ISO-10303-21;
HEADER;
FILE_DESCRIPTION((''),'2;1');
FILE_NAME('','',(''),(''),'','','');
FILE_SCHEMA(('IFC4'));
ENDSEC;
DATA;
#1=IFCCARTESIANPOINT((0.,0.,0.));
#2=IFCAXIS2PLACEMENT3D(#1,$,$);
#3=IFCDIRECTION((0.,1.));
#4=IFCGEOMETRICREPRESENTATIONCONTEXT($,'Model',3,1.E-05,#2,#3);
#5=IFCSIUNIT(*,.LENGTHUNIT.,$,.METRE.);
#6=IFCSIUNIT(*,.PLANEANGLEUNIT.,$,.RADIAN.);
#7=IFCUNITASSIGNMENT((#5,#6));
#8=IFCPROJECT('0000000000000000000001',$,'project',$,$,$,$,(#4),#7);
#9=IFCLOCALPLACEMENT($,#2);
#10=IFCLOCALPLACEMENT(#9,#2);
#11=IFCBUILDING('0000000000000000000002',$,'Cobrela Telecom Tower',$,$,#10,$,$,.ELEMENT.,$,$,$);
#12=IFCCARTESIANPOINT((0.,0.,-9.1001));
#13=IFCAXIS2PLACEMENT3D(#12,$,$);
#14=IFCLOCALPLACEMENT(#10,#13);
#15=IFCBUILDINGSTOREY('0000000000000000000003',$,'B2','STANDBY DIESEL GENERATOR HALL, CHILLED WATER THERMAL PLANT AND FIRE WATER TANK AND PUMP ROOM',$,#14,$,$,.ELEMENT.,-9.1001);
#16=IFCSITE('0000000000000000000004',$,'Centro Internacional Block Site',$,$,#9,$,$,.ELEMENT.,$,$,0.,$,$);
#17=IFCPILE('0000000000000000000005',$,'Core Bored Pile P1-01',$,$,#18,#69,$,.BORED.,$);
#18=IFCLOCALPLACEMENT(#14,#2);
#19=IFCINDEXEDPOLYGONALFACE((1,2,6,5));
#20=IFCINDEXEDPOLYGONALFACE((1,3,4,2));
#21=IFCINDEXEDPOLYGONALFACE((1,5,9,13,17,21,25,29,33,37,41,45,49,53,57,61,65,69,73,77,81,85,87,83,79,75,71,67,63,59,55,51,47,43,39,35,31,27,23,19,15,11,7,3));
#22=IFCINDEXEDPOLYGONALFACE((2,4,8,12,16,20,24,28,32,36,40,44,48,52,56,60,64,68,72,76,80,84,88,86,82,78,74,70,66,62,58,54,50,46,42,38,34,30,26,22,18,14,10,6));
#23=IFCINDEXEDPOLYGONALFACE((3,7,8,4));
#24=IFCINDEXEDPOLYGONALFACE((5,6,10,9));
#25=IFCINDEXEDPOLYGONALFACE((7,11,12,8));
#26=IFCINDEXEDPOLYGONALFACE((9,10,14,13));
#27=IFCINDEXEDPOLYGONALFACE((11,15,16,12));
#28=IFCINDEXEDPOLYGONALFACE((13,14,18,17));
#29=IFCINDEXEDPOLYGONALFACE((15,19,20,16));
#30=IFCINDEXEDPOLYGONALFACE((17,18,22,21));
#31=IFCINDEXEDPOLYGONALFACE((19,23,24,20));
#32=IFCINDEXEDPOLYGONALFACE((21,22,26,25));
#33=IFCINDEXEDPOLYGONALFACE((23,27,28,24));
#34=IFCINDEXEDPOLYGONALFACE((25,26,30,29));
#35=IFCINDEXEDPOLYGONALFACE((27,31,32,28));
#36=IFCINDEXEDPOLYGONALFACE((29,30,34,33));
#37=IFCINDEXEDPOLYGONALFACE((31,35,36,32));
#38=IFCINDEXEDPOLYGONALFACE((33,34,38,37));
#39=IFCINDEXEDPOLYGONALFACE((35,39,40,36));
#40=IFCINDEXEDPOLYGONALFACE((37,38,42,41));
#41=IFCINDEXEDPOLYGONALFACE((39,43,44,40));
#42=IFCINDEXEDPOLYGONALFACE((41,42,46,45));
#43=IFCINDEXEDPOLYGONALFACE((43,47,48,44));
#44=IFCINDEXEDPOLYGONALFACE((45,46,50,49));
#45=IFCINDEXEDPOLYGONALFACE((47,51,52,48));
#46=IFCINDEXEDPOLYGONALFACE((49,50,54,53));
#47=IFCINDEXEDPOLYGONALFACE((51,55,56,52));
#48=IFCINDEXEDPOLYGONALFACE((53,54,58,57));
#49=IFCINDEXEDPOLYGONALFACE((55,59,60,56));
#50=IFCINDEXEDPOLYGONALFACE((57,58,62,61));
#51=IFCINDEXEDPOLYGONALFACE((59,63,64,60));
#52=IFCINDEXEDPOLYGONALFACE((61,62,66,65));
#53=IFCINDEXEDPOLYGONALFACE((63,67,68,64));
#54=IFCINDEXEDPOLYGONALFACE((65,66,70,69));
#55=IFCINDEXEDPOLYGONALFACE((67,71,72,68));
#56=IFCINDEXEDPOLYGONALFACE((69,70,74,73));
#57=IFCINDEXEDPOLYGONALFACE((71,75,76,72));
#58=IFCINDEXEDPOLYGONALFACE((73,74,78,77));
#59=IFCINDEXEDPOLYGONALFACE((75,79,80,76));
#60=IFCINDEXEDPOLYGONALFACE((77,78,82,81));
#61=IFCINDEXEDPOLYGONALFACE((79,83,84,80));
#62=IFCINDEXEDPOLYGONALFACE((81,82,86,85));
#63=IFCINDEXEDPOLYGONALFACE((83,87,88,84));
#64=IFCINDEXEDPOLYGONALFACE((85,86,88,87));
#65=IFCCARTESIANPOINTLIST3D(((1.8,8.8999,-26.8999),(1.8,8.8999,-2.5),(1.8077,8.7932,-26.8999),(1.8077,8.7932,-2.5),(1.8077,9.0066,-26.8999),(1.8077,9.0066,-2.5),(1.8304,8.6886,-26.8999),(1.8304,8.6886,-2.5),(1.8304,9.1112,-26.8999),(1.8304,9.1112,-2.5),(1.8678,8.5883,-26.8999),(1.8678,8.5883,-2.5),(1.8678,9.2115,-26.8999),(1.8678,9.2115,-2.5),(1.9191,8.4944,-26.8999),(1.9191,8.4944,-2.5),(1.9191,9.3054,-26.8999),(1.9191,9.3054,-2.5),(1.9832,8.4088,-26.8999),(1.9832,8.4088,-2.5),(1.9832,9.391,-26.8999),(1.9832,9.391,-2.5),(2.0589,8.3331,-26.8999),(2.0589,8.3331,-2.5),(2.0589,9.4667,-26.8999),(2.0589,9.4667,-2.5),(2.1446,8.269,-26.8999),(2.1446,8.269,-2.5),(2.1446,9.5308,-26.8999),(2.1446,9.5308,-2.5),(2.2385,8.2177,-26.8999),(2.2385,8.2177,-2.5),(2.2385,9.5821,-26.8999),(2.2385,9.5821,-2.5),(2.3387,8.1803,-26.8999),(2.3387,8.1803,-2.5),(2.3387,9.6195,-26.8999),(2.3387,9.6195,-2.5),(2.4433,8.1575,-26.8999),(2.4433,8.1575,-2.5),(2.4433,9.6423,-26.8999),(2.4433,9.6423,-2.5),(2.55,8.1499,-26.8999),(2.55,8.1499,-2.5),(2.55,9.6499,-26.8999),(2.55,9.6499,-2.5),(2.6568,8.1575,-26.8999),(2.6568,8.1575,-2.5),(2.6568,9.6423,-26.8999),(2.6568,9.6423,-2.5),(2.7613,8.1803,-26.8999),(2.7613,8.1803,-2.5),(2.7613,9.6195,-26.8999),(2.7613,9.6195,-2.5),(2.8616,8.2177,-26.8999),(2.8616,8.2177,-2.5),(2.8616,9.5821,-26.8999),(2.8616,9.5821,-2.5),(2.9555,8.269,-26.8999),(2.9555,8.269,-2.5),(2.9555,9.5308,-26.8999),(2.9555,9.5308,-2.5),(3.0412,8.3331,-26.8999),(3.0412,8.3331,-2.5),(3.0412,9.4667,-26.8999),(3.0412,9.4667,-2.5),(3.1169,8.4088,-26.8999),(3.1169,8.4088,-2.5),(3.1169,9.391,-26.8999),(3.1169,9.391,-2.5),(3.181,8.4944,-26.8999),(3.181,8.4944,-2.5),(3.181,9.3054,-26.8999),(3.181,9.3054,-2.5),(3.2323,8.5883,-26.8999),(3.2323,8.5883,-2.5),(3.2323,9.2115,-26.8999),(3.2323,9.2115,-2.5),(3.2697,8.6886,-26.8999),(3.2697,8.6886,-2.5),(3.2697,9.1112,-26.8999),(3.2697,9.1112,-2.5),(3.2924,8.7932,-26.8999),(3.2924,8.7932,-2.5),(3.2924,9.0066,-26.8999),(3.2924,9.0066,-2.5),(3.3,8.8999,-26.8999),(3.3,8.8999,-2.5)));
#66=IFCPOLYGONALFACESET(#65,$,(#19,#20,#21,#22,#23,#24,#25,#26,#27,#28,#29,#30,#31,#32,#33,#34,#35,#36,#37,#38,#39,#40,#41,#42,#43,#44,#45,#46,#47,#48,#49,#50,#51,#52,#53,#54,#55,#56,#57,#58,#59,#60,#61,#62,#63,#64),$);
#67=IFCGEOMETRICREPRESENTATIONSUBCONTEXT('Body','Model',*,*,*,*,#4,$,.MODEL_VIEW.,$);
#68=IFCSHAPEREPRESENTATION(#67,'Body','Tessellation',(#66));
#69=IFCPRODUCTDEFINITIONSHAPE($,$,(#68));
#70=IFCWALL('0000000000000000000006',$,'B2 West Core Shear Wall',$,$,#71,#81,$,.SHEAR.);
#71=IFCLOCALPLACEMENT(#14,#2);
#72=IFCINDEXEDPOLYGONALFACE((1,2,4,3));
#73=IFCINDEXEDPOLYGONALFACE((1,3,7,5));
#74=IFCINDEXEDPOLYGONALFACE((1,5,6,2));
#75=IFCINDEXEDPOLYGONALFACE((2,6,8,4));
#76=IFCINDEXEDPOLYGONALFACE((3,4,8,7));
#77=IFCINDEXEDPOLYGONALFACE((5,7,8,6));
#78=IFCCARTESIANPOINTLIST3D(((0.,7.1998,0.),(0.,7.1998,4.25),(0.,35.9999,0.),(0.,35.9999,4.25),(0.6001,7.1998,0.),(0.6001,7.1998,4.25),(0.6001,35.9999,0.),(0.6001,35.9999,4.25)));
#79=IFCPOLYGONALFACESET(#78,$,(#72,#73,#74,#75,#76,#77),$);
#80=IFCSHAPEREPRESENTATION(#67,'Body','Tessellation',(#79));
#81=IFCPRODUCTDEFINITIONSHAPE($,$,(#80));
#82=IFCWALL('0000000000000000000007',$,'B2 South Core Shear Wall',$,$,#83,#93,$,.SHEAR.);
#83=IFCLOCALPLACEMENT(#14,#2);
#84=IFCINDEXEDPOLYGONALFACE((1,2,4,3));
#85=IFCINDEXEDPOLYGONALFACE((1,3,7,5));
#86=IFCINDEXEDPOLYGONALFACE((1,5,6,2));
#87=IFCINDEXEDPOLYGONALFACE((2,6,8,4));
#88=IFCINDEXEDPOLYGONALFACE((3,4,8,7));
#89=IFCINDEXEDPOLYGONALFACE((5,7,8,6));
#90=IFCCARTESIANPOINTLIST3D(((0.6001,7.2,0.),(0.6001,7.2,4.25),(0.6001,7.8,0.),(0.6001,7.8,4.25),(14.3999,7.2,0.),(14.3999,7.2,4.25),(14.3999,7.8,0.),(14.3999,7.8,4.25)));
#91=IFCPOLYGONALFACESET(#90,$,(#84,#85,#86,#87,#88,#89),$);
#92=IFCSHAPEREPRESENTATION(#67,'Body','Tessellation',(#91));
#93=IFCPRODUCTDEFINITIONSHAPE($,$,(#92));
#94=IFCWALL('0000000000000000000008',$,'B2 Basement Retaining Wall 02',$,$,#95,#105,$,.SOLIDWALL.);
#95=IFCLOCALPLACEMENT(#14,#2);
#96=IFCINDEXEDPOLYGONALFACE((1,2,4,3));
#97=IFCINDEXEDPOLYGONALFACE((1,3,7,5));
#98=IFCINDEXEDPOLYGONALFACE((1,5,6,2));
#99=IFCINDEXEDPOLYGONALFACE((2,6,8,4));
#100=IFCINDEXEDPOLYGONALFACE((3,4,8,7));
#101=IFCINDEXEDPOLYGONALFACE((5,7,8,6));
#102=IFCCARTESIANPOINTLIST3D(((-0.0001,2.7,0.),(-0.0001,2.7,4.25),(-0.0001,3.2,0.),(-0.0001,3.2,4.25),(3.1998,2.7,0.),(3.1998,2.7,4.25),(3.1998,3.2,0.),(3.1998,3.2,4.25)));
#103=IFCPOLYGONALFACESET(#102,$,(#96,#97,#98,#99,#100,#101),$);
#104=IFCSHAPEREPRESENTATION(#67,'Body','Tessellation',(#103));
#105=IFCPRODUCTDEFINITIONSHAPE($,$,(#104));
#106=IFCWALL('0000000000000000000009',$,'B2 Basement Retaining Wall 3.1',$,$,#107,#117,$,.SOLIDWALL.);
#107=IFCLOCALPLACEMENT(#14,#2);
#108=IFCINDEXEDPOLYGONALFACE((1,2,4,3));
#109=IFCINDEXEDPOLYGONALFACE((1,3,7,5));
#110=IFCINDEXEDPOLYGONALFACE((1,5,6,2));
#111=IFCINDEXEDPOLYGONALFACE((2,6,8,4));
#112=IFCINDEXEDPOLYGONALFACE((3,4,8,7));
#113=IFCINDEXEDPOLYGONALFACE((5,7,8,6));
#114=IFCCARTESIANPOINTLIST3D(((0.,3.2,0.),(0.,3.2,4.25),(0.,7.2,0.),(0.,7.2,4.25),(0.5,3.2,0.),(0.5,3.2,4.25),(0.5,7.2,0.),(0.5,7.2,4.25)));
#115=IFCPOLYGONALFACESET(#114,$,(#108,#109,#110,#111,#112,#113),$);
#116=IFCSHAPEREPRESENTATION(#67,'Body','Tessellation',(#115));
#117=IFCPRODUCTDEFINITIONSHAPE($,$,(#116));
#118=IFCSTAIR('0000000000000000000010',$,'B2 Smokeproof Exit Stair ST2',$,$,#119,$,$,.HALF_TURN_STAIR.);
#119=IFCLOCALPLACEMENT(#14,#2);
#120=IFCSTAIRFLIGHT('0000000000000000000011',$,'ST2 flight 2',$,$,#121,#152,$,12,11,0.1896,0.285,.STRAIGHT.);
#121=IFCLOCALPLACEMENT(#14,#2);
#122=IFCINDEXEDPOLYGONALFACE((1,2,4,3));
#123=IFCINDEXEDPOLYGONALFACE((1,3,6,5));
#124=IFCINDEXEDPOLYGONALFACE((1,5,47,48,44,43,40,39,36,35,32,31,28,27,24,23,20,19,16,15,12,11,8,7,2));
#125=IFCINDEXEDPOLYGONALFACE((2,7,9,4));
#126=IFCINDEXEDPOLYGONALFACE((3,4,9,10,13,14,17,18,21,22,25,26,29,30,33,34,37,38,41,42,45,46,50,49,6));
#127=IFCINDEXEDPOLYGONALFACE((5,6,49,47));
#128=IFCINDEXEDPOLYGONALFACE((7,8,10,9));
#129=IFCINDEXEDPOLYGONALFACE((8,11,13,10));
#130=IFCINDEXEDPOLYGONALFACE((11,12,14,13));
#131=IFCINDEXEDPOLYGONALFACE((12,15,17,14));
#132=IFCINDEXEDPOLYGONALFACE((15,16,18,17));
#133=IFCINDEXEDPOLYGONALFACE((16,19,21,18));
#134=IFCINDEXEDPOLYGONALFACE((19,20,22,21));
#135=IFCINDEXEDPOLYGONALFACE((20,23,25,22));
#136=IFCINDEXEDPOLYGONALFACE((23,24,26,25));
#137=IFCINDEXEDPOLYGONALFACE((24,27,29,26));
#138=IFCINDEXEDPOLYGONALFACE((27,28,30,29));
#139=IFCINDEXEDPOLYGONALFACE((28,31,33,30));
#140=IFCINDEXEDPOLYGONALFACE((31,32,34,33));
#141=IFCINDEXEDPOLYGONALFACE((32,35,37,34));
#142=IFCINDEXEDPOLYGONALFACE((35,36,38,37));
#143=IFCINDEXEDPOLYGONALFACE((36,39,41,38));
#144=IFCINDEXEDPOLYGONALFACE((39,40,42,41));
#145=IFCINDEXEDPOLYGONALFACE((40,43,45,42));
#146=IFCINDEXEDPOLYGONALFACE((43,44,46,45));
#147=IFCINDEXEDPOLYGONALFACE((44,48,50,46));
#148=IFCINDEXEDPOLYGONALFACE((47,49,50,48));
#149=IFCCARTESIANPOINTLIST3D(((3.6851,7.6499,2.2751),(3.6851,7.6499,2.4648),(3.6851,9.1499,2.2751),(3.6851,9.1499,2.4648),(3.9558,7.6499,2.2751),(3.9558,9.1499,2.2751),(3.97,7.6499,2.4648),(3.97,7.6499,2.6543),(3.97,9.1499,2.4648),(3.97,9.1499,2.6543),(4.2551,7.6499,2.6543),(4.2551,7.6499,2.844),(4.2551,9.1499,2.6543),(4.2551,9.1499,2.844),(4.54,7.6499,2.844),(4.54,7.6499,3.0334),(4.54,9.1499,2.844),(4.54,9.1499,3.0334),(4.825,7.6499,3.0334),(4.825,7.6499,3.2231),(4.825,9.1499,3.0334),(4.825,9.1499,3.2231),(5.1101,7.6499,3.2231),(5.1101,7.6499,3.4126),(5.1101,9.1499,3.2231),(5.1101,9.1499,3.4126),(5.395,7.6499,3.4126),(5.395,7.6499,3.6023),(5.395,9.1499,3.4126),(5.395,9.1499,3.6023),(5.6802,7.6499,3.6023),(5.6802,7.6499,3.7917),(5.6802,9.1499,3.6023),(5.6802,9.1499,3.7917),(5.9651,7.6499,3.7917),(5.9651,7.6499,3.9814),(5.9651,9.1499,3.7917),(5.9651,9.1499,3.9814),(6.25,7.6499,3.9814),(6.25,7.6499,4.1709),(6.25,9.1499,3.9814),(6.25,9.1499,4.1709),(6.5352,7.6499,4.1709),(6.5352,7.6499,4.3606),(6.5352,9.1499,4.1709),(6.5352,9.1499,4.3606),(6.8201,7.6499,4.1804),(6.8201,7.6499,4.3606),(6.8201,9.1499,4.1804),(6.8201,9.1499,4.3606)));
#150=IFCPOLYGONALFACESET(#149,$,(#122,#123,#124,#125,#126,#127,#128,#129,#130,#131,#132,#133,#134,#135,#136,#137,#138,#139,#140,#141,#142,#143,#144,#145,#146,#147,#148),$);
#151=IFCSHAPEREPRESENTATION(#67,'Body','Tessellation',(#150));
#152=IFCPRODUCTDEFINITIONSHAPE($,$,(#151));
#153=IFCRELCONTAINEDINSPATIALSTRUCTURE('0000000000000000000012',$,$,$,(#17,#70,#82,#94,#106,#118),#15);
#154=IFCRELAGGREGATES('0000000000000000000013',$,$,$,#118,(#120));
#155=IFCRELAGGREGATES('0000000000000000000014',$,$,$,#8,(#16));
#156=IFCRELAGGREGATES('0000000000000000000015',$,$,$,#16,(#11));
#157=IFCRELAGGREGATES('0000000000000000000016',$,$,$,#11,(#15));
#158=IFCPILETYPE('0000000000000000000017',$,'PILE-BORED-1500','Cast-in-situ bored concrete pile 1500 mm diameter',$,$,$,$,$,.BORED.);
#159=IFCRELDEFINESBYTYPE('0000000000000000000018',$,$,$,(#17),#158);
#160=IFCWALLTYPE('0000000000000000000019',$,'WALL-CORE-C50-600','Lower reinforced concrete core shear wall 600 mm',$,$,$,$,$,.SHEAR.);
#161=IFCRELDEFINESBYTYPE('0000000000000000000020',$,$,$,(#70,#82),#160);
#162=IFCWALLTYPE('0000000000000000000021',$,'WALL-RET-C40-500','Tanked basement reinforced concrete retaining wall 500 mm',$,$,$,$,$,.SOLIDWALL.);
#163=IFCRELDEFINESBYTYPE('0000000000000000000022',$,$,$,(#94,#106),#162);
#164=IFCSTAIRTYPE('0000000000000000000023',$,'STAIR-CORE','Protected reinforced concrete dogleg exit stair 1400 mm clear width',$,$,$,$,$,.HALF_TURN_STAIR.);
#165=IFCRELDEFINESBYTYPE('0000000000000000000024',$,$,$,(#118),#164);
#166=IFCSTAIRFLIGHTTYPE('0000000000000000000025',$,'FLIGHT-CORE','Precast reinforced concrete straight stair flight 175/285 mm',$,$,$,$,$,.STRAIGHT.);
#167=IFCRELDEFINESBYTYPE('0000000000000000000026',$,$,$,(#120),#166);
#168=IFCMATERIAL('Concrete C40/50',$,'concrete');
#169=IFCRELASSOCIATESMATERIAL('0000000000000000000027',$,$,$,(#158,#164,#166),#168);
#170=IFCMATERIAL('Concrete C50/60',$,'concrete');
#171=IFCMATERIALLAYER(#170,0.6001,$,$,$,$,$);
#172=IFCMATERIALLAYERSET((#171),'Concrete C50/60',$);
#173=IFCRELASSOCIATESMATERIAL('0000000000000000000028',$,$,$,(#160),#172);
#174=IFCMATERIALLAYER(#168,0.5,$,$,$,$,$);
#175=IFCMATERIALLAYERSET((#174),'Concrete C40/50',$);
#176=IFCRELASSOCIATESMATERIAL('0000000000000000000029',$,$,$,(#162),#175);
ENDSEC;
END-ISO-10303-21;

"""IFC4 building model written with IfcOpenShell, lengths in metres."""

from ifc_helpers import new_model, si_unit, direction, frame, frame_2d, origin, origin_2d, place, context, subcontext, project, spatial, polyline, rectangle, circle, outline, extrude, material, layer, layer_set, material_profile, profile_set, type_object, element, aggregate, save


model = new_model("IFC4")

# Units and contexts
model_context = context("Model", 3, precision=1e-05, world=origin(), true_north=direction((0.0, 1.0)))
body_context = subcontext(model_context, "Body", "Model", "MODEL_VIEW")
ifc_project = project(units=[si_unit("LENGTHUNIT", "METRE"), si_unit("PLANEANGLEUNIT", "RADIAN")], contexts=[model_context])

# Site, building, storey
site_placement = place(None, origin())
site = spatial("IfcSite", under=ifc_project, at=site_placement, Name="Centro Internacional Block Site", CompositionType="ELEMENT", RefElevation=0.0)
building_placement = place(site_placement, origin())
building = spatial("IfcBuilding", under=site, at=building_placement, Name="Cobrela Telecom Tower", CompositionType="ELEMENT")
storey_placement = place(building_placement, frame((0.0, 0.0, -9.1001)))
storey = spatial("IfcBuildingStorey", under=building, at=storey_placement, Name="B2", Description="STANDBY DIESEL GENERATOR HALL, CHILLED WATER THERMAL PLANT AND FIRE WATER TANK AND PUMP ROOM", CompositionType="ELEMENT", Elevation=-9.1001)

# Pile
ifc_material_1 = material(Name="Concrete C40/50", Category="concrete")
ifc_material_profile = material_profile(ifc_material_1, circle(Radius=0.75, at=origin_2d()), Name="BORED PILE D1500")
ifc_profile_set = profile_set([ifc_material_profile], Name="Concrete C40/50")
pile_type = type_object("IfcPileType", Name="PILE-BORED-1500", Description="Cast-in-situ bored concrete pile 1500 mm diameter", PredefinedType="BORED", material=ifc_profile_set)
pile_placement = place(storey_placement, frame((2.55, 8.8999, -2.5), z_axis=(0.0, 0.0, -1.0), x_axis=(1.0, 0.0, 0.0)))
element("IfcPile", 1, at=pile_placement, inside=storey, type_object=pile_type, Name="Core Bored Pile P1-01", PredefinedType="BORED", context=body_context, shape_type="SweptSolid", body=[
    extrude(circle(Radius=0.75, at=origin_2d()), origin(), (0.0, 0.0, 1.0), 24.3999),
])

# Walls
ifc_material_2 = material(Name="Concrete C50/60", Category="concrete")
ifc_layer_1 = layer(ifc_material_2, 0.6001)
ifc_layer_set_1 = layer_set([ifc_layer_1], Name="Concrete C50/60")
wall_type_1 = type_object("IfcWallType", Name="WALL-CORE-C50-600", Description="Lower reinforced concrete core shear wall 600 mm", PredefinedType="SHEAR", material=ifc_layer_set_1)
wall_1_placement = place(storey_placement, frame((0.3, 7.2, 0.0), z_axis=(0.0, 0.0, 1.0), x_axis=(0.0, 1.0, 0.0)))
element("IfcWall", 2, at=wall_1_placement, inside=storey, type_object=wall_type_1, Name="B2 West Core Shear Wall", PredefinedType="SHEAR", context=body_context, shape_type="SweptSolid", body=[
    extrude(rectangle(XDim=28.8, YDim=0.6001, at=frame_2d((14.3999, 0.0))), origin(), (0.0, 0.0, 1.0), 4.25),
])
wall_2_placement = place(storey_placement, frame((0.6001, 7.5, 0.0), z_axis=(0.0, 0.0, 1.0), x_axis=(1.0, 0.0, 0.0)))
element("IfcWall", 3, at=wall_2_placement, inside=storey, type_object=wall_type_1, Name="B2 South Core Shear Wall", PredefinedType="SHEAR", context=body_context, shape_type="SweptSolid", body=[
    extrude(rectangle(XDim=13.7998, YDim=0.6001, at=frame_2d((6.8999, 0.0))), origin(), (0.0, 0.0, 1.0), 4.25),
])
ifc_layer_2 = layer(ifc_material_1, 0.5)
ifc_layer_set_2 = layer_set([ifc_layer_2], Name="Concrete C40/50")
wall_type_2 = type_object("IfcWallType", Name="WALL-RET-C40-500", Description="Tanked basement reinforced concrete retaining wall 500 mm", PredefinedType="SOLIDWALL", material=ifc_layer_set_2)
wall_3_placement = place(storey_placement, frame((3.2, 2.95, 0.0), z_axis=(0.0, 0.0, 1.0), x_axis=(-1.0, 0.0, 0.0)))
element("IfcWall", 4, at=wall_3_placement, inside=storey, type_object=wall_type_2, Name="B2 Basement Retaining Wall 02", PredefinedType="SOLIDWALL", context=body_context, shape_type="SweptSolid", body=[
    extrude(rectangle(XDim=3.2, YDim=0.5, at=frame_2d((1.6001, 0.0))), origin(), (0.0, 0.0, 1.0), 4.25),
])
wall_4_placement = place(storey_placement, frame((0.25, 3.2, 0.0), z_axis=(0.0, 0.0, 1.0), x_axis=(0.0, 1.0, 0.0)))
element("IfcWall", 5, at=wall_4_placement, inside=storey, type_object=wall_type_2, Name="B2 Basement Retaining Wall 3.1", PredefinedType="SOLIDWALL", context=body_context, shape_type="SweptSolid", body=[
    extrude(rectangle(XDim=4.0, YDim=0.5, at=frame_2d((2.0, 0.0))), origin(), (0.0, 0.0, 1.0), 4.25),
])

# Stair, stair flight
stair_type = type_object("IfcStairType", Name="STAIR-CORE", Description="Protected reinforced concrete dogleg exit stair 1400 mm clear width", PredefinedType="HALF_TURN_STAIR", material=ifc_material_1)
stair_placement = place(storey_placement, origin())
stair = element("IfcStair", 6, at=stair_placement, inside=storey, type_object=stair_type, Name="B2 Smokeproof Exit Stair ST2", PredefinedType="HALF_TURN_STAIR")
stair_flight_type = type_object("IfcStairFlightType", Name="FLIGHT-CORE", Description="Precast reinforced concrete straight stair flight 175/285 mm", PredefinedType="STRAIGHT", material=ifc_material_1)
stair_flight_placement = place(storey_placement, frame((3.6851, 8.3999, 2.2751), z_axis=(0.0, 0.0, 1.0), x_axis=(1.0, 0.0, 0.0)))
stair_flight = element("IfcStairFlight", 7, at=stair_flight_placement, type_object=stair_flight_type, Name="ST2 flight 2", NumberOfRisers=12, NumberOfTreads=11, PredefinedType="STRAIGHT", RiserHeight=0.1896, TreadLength=0.285, context=body_context, shape_type="SweptSolid", body=[
    extrude(outline(polyline([(0.0, 0.0), (0.0, 0.1897), (0.2849, 0.1897), (0.2849, 0.3792), (0.5701, 0.3792), (0.5701, 0.5688), (0.855, 0.5688), (0.855, 0.7583), (1.1399, 0.7583), (1.1399, 0.948), (1.425, 0.948), (1.425, 1.1375), (1.71, 1.1375), (1.71, 1.3271), (1.9951, 1.3271), (1.9951, 1.5166), (2.28, 1.5166), (2.28, 1.7063), (2.5649, 1.7063), (2.5649, 1.8958), (2.8501, 1.8958), (2.8501, 2.0854), (3.135, 2.0854), (3.135, 2.2749), (3.135, 1.9053), (0.2708, 0.0), (0.0, 0.0)])), frame((0.0, 0.75, 0.0), z_axis=(0.0, -1.0, 0.0), x_axis=(1.0, 0.0, 0.0)), (0.0, 0.0, 1.0), 1.5),
])
aggregate(stair, [stair_flight])

save(model, "model.ifc")
